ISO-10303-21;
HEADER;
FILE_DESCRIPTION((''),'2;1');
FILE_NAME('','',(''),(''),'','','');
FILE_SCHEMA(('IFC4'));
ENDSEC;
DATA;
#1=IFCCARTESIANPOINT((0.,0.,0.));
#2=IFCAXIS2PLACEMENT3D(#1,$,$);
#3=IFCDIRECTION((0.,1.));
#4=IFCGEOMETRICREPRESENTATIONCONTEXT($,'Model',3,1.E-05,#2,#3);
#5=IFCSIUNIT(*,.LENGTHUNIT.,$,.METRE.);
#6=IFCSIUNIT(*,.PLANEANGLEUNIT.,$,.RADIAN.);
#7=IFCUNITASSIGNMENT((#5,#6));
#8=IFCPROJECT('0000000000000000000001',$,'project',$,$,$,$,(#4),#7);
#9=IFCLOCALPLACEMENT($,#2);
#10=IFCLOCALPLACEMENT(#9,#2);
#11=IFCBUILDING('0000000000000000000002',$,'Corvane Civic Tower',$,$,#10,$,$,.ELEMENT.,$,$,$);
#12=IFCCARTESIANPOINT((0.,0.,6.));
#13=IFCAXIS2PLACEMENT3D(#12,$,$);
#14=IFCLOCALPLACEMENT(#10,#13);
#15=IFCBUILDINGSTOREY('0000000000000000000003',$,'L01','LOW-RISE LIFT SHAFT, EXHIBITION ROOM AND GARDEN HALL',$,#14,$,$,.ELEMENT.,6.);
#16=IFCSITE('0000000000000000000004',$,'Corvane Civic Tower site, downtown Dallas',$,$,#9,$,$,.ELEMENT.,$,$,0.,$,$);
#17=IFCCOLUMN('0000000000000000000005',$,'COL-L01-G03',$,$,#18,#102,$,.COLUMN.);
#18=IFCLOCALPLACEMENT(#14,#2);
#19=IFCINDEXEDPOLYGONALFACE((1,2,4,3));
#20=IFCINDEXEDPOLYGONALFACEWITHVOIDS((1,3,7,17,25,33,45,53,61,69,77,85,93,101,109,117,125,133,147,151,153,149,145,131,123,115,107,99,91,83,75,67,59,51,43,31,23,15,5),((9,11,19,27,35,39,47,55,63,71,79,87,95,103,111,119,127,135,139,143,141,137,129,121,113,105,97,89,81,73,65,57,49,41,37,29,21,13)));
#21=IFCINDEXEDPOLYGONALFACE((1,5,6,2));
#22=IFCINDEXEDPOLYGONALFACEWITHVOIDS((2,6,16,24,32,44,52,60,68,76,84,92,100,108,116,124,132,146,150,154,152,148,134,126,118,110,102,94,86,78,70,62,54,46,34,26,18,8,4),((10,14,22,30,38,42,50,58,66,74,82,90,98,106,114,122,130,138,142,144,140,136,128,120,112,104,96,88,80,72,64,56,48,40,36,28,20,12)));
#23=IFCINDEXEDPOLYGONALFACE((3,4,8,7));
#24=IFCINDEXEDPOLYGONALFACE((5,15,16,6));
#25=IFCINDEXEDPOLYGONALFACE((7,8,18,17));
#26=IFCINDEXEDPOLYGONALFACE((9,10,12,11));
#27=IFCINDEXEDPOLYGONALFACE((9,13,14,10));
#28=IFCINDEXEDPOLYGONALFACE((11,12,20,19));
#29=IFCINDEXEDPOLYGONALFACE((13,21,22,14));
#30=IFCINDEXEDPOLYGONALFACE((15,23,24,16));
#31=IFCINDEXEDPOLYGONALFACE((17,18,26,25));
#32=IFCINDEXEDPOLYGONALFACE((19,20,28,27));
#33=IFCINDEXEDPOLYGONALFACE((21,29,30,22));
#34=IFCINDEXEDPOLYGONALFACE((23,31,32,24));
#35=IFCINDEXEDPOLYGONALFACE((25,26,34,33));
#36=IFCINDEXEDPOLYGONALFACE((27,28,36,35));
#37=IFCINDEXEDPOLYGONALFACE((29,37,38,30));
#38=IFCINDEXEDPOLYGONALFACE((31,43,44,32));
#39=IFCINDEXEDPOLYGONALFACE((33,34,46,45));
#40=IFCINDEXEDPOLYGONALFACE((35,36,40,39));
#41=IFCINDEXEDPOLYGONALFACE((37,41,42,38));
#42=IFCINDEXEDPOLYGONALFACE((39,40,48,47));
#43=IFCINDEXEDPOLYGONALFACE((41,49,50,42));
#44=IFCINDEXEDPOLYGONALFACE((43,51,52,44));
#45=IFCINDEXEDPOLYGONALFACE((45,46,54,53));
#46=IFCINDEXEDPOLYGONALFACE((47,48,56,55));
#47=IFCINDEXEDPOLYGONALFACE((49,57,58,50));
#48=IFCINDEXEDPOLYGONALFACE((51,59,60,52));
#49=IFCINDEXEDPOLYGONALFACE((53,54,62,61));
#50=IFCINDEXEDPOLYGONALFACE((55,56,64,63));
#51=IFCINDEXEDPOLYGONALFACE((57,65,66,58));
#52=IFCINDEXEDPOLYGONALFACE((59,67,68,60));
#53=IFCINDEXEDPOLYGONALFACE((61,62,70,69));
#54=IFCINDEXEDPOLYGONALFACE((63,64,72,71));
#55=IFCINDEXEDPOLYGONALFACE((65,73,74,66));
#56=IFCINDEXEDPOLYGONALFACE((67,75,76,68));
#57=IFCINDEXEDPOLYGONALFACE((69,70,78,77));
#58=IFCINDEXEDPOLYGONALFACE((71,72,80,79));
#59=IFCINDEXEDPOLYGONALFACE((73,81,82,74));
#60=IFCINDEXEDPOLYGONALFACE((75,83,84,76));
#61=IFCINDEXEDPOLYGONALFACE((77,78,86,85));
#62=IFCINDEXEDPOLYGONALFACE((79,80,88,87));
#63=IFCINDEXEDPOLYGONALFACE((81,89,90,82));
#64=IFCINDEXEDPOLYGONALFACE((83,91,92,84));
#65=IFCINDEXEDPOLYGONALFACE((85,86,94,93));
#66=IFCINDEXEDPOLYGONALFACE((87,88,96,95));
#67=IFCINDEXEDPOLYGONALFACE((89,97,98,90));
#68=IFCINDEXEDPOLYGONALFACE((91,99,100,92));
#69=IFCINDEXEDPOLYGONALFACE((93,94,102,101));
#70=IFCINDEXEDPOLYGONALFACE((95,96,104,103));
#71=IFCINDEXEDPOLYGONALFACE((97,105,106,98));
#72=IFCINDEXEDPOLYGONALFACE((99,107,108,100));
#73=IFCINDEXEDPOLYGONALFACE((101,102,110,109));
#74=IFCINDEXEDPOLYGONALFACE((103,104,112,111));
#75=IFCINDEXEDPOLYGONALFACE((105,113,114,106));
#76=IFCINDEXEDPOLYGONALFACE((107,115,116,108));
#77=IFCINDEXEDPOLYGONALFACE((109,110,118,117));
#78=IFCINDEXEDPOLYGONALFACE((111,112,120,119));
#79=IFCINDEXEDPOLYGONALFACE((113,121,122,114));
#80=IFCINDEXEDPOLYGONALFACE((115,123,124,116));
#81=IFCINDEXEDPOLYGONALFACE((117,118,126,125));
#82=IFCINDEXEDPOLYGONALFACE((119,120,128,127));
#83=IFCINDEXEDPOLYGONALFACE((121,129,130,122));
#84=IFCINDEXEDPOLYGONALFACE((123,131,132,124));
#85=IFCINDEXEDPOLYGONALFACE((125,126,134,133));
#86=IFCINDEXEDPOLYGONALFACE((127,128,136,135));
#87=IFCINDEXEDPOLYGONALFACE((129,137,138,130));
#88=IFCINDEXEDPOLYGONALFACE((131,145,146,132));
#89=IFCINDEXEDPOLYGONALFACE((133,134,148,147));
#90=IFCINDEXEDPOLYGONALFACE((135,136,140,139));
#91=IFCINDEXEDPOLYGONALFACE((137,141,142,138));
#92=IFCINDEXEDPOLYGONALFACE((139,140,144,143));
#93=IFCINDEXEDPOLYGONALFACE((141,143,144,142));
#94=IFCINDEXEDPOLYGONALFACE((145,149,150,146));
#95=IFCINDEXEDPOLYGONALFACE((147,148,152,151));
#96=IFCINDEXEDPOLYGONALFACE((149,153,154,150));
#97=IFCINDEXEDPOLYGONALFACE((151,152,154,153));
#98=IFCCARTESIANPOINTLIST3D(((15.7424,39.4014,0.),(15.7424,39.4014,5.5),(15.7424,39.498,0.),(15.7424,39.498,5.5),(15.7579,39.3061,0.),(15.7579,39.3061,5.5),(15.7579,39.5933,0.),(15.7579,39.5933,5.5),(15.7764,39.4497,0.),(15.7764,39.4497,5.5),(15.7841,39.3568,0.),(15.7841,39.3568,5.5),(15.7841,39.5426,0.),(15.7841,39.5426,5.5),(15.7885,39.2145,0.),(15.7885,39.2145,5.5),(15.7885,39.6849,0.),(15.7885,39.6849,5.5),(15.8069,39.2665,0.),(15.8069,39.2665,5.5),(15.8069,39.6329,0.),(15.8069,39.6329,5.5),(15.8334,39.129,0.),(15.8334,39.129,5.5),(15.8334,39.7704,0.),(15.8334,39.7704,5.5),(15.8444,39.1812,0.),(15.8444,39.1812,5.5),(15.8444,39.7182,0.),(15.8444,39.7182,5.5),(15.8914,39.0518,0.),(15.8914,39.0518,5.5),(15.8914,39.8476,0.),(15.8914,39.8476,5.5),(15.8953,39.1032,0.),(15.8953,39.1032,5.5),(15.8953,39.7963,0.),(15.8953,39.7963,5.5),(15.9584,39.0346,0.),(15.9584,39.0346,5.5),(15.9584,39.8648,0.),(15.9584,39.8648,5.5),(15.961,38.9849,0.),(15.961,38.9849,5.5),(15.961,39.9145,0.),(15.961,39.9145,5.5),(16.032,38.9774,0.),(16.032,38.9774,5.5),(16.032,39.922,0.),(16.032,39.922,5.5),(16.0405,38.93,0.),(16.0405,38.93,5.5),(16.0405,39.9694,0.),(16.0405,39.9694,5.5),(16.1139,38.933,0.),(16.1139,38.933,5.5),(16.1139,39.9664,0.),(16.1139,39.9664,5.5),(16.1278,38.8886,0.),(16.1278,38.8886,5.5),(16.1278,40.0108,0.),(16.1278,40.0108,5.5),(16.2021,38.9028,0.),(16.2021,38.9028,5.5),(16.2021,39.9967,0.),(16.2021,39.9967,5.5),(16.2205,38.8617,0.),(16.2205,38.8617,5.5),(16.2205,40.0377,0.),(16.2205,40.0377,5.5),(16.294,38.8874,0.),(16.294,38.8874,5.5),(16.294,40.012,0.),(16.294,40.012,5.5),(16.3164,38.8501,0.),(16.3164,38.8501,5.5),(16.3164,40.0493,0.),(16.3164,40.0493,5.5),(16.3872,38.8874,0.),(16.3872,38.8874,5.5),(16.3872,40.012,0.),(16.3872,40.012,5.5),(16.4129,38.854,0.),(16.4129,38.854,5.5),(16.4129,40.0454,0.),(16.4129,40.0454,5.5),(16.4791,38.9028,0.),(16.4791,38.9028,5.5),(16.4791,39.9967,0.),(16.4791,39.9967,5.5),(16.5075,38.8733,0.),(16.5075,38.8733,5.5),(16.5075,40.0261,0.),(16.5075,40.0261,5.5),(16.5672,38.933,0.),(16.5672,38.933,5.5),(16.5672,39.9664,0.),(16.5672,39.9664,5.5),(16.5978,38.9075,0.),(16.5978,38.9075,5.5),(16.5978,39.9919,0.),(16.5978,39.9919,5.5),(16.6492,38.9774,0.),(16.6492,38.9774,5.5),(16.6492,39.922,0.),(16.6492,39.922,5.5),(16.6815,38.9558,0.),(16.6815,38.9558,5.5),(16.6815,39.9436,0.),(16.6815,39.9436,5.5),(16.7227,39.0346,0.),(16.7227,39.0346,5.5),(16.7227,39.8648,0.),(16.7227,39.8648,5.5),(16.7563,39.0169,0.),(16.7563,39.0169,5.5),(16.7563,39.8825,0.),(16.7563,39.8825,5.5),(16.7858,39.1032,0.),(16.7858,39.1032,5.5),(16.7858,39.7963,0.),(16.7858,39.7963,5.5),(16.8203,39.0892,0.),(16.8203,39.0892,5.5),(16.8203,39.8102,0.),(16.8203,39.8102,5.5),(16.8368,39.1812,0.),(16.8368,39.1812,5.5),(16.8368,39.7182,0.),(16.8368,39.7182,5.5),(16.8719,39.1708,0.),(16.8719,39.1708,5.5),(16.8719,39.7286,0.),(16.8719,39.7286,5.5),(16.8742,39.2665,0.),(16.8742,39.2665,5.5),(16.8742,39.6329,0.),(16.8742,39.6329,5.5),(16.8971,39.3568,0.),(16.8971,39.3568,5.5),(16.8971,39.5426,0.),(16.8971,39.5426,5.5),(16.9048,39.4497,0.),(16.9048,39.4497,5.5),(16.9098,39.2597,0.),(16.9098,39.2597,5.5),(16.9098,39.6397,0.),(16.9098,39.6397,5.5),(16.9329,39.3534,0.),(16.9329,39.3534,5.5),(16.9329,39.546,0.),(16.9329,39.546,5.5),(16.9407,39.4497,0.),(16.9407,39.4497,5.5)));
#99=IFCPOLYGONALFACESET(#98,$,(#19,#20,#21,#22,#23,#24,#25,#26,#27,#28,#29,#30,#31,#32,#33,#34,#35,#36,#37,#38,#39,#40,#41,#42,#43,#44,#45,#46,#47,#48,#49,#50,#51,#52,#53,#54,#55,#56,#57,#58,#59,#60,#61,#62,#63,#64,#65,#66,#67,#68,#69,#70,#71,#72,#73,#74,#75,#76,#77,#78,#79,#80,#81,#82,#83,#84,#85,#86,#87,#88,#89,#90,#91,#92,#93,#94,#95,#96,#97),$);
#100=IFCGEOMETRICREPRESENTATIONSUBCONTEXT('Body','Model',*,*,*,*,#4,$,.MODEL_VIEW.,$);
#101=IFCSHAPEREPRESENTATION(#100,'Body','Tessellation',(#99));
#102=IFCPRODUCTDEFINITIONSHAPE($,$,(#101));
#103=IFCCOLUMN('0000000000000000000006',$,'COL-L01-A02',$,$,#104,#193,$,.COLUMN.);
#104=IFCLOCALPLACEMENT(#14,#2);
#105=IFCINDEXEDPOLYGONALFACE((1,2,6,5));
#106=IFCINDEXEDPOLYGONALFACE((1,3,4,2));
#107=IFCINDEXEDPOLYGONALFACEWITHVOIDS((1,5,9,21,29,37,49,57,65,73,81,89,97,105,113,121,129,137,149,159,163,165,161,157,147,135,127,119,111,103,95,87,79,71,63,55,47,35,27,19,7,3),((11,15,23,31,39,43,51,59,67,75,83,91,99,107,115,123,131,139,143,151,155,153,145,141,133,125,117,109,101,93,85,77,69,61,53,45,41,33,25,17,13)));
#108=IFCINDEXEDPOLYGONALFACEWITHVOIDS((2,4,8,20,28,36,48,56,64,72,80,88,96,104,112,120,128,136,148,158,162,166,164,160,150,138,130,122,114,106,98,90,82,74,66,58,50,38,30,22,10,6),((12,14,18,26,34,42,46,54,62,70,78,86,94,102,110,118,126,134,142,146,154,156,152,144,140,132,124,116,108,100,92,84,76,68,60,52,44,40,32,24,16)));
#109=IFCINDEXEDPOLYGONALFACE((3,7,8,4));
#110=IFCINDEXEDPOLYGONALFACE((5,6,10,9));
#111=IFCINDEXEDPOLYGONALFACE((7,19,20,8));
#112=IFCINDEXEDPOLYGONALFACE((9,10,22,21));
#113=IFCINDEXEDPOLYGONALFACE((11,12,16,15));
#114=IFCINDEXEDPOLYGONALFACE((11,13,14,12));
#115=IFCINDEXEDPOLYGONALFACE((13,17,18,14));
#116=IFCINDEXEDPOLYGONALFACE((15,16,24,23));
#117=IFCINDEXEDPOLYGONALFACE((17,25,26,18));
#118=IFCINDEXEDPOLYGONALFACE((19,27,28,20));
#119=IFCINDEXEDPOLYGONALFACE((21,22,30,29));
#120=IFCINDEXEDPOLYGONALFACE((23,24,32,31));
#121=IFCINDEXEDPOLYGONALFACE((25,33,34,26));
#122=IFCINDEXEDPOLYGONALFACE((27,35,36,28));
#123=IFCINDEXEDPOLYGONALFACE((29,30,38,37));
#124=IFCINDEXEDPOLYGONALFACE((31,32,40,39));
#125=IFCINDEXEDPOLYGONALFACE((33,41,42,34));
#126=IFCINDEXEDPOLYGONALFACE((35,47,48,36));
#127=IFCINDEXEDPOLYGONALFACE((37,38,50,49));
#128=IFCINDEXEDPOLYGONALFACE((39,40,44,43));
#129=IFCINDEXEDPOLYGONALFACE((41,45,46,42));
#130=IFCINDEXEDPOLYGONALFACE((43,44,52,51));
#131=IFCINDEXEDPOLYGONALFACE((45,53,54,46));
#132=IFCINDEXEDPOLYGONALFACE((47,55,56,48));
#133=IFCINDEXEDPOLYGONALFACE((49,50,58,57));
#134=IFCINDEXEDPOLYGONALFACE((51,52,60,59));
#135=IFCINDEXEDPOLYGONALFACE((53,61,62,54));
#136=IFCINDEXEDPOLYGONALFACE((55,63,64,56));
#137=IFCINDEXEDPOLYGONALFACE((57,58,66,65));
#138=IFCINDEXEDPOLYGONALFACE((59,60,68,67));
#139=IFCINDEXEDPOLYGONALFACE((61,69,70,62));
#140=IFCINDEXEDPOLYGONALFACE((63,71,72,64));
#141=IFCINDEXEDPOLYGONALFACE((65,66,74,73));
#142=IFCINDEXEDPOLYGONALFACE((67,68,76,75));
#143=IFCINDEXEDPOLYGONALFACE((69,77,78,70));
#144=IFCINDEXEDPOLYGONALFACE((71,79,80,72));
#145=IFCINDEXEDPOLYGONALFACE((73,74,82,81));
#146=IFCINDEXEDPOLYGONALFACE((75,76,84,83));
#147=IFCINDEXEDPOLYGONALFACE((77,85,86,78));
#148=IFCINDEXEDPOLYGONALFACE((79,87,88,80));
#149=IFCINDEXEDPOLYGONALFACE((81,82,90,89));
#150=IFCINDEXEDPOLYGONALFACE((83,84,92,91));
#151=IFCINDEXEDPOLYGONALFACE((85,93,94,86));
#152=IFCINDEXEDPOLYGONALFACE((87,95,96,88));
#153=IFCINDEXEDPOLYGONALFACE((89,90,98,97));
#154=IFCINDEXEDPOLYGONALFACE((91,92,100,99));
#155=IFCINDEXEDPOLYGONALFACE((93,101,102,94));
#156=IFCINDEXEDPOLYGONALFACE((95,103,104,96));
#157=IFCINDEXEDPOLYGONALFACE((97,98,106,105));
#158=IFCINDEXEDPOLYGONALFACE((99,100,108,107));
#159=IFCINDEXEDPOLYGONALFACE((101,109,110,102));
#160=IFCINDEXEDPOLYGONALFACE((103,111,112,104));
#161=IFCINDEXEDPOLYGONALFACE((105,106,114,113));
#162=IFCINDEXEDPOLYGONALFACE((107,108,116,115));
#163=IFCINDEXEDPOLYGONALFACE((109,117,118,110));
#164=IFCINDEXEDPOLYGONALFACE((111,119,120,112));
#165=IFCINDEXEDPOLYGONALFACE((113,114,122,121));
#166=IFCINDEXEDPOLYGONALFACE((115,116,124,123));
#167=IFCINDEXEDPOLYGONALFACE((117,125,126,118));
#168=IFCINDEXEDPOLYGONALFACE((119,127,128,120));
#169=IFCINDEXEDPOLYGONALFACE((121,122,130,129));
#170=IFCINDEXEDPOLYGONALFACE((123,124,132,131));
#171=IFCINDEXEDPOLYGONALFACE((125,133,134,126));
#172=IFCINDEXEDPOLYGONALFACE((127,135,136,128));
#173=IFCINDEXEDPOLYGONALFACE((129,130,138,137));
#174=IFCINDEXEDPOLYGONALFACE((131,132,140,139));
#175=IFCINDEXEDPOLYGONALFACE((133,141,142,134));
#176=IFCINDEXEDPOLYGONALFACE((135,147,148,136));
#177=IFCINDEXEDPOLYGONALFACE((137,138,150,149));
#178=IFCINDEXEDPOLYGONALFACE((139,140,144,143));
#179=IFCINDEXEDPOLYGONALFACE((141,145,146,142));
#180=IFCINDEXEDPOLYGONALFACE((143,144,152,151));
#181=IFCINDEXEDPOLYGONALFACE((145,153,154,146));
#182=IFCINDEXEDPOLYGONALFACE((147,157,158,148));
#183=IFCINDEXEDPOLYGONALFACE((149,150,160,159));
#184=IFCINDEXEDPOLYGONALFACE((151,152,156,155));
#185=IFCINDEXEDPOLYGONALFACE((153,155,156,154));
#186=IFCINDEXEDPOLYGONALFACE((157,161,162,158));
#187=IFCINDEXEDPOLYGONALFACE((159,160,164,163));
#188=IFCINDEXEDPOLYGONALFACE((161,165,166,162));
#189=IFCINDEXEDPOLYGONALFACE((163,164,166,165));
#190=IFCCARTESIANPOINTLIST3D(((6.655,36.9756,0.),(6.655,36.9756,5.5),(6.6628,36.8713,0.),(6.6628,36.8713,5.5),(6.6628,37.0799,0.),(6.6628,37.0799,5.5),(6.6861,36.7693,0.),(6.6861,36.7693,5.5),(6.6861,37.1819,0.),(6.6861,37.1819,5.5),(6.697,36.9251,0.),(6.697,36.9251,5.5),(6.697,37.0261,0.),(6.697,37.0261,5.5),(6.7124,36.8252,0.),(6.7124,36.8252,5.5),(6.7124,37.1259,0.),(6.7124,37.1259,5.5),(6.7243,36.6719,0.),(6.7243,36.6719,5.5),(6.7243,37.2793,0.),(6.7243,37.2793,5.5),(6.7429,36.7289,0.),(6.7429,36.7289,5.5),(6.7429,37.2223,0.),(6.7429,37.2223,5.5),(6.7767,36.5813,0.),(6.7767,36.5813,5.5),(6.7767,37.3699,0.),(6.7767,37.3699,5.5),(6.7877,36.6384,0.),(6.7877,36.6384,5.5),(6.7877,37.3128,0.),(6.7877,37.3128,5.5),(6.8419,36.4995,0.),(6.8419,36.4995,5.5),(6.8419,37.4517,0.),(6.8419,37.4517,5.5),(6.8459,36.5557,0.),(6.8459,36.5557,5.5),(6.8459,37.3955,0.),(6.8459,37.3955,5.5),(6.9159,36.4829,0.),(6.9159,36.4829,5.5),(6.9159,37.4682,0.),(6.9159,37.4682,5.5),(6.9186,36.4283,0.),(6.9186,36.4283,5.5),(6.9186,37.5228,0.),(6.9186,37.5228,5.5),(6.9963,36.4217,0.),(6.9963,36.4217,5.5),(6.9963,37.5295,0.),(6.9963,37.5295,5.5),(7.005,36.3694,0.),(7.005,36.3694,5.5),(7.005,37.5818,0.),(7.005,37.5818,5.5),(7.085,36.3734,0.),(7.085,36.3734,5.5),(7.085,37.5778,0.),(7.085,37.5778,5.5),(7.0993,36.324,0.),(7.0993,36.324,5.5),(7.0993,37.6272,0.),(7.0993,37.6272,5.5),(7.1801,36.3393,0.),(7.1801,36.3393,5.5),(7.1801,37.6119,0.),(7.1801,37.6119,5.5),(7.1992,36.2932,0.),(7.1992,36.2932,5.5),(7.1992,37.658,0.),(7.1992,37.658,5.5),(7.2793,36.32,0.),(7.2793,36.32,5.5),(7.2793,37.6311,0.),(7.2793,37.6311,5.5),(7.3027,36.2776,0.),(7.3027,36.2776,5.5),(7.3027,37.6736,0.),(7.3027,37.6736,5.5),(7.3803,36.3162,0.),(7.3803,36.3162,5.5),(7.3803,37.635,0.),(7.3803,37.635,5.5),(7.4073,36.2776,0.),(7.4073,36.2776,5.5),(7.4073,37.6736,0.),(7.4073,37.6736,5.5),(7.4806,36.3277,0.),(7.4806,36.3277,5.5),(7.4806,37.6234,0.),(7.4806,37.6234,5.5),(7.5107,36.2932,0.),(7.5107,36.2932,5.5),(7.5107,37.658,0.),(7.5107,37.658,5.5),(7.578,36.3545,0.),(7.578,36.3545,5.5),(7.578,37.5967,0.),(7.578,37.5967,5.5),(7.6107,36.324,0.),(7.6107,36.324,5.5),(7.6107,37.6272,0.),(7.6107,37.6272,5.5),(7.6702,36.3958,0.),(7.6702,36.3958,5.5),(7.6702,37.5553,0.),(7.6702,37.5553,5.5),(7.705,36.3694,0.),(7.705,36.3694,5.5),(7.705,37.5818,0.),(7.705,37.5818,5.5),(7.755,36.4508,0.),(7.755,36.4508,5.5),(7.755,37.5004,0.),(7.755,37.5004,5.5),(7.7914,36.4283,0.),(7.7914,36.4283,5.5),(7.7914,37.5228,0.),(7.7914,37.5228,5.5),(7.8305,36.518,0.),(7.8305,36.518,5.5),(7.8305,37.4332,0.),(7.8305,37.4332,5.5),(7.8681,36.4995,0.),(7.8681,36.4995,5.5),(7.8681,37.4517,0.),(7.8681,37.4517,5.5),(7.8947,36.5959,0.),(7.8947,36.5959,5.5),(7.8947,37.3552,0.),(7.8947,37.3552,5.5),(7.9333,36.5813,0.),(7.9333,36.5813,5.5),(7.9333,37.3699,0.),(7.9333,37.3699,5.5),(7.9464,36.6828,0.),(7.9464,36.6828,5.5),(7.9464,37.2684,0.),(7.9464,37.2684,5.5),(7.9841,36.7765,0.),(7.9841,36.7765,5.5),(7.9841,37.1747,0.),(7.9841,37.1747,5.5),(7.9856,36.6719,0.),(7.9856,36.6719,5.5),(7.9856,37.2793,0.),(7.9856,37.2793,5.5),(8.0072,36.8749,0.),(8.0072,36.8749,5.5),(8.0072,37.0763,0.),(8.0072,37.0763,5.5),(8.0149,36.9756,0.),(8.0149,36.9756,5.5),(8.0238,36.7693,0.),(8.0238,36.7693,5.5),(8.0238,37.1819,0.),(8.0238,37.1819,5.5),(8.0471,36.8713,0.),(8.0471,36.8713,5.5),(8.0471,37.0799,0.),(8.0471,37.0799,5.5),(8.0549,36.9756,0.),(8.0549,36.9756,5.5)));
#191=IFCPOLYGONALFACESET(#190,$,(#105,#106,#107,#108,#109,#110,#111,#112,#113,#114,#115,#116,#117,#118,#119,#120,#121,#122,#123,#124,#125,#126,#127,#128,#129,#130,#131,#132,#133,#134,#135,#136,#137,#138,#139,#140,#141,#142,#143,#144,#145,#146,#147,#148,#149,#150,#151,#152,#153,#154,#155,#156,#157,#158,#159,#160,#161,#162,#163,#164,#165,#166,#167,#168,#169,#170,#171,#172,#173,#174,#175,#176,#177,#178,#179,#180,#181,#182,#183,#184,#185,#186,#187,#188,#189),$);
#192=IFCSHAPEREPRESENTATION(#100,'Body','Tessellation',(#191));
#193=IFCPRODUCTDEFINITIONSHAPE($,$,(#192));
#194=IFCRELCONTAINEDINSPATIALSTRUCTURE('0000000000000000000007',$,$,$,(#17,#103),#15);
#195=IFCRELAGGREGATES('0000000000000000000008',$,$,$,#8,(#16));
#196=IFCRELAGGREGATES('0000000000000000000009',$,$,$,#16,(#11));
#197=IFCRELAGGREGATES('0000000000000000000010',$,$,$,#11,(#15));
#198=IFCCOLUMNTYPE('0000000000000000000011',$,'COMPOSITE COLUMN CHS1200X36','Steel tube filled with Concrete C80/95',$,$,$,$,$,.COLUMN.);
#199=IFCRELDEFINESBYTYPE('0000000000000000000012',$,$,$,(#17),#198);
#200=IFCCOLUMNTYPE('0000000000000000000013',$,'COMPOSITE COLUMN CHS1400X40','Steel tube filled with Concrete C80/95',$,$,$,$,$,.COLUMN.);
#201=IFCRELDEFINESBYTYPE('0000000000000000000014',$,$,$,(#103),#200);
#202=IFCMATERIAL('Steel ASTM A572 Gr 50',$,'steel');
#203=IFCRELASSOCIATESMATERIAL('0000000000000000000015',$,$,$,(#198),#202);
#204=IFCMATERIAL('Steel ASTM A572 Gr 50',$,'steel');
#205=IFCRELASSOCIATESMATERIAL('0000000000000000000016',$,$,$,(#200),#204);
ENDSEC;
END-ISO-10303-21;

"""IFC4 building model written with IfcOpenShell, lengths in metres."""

from ifc_helpers import new_model, si_unit, direction, frame, origin, origin_2d, place, context, subcontext, project, spatial, hollow_circle, extrude, material, material_profile, profile_set, type_object, element, save


model = new_model("IFC4")

# Units and contexts
model_context = context("Model", 3, precision=1e-05, world=origin(), true_north=direction((0.0, 1.0)))
body_context = subcontext(model_context, "Body", "Model", "MODEL_VIEW")
ifc_project = project(units=[si_unit("LENGTHUNIT", "METRE"), si_unit("PLANEANGLEUNIT", "RADIAN")], contexts=[model_context])

# Site, building, storey
site_placement = place(None, origin())
site = spatial("IfcSite", under=ifc_project, at=site_placement, Name="Corvane Civic Tower site, downtown Dallas", CompositionType="ELEMENT", RefElevation=0.0)
building_placement = place(site_placement, origin())
building = spatial("IfcBuilding", under=site, at=building_placement, Name="Corvane Civic Tower", CompositionType="ELEMENT")
storey_placement = place(building_placement, frame((0.0, 0.0, 6.0)))
storey = spatial("IfcBuildingStorey", under=building, at=storey_placement, Name="L01", Description="LOW-RISE LIFT SHAFT, EXHIBITION ROOM AND GARDEN HALL", CompositionType="ELEMENT", Elevation=6.0)

# Columns
ifc_material_1 = material(Name="Steel ASTM A572 Gr 50", Category="steel")
ifc_material_profile_1 = material_profile(ifc_material_1, hollow_circle(Radius=0.6001, WallThickness=0.0359, at=origin_2d()), Name="CHS1200X36")
ifc_profile_set_1 = profile_set([ifc_material_profile_1], Name="Steel ASTM A572 Gr 50")
column_type_1 = type_object("IfcColumnType", Name="COMPOSITE COLUMN CHS1200X36", Description="Steel tube filled with Concrete C80/95", PredefinedType="COLUMN", material=ifc_profile_set_1)
column_placement = place(storey_placement, frame((16.3406, 39.4497, 0.0), z_axis=(0.0, 0.0, 1.0), x_axis=(1.0, 0.0, 0.0)))
element("IfcColumn", 1, at=column_placement, inside=storey, type_object=column_type_1, Name="COL-L01-G03", PredefinedType="COLUMN", context=body_context, shape_type="SweptSolid", body=[
    extrude(hollow_circle(Radius=0.6001, WallThickness=0.0359, at=origin_2d()), origin(), (0.0, 0.0, 1.0), 5.5),
])
ifc_material_2 = material(Name="Steel ASTM A572 Gr 50", Category="steel")
ifc_material_profile_2 = material_profile(ifc_material_2, hollow_circle(Radius=0.7, WallThickness=0.04, at=origin_2d()), Name="CHS1400X40")
ifc_profile_set_2 = profile_set([ifc_material_profile_2], Name="Steel ASTM A572 Gr 50")
column_type_2 = type_object("IfcColumnType", Name="COMPOSITE COLUMN CHS1400X40", Description="Steel tube filled with Concrete C80/95", PredefinedType="COLUMN", material=ifc_profile_set_2)
for number, where, z_axis, x_axis, name in (
    (2, (7.355, 36.9756, 0.0), (0.0, 0.0, 1.0), (1.0, 0.0, 0.0), "COL-L01-A02"),
):
    element("IfcColumn", number, at=place(storey_placement, frame(where, z_axis=z_axis, x_axis=x_axis)), inside=storey, type_object=column_type_2, Name=name, PredefinedType="COLUMN", context=body_context, shape_type="SweptSolid", body=[
        extrude(hollow_circle(Radius=0.7, WallThickness=0.04, at=origin_2d()), origin(), (0.0, 0.0, 1.0), 5.5),
    ])

save(model, "model.ifc")
